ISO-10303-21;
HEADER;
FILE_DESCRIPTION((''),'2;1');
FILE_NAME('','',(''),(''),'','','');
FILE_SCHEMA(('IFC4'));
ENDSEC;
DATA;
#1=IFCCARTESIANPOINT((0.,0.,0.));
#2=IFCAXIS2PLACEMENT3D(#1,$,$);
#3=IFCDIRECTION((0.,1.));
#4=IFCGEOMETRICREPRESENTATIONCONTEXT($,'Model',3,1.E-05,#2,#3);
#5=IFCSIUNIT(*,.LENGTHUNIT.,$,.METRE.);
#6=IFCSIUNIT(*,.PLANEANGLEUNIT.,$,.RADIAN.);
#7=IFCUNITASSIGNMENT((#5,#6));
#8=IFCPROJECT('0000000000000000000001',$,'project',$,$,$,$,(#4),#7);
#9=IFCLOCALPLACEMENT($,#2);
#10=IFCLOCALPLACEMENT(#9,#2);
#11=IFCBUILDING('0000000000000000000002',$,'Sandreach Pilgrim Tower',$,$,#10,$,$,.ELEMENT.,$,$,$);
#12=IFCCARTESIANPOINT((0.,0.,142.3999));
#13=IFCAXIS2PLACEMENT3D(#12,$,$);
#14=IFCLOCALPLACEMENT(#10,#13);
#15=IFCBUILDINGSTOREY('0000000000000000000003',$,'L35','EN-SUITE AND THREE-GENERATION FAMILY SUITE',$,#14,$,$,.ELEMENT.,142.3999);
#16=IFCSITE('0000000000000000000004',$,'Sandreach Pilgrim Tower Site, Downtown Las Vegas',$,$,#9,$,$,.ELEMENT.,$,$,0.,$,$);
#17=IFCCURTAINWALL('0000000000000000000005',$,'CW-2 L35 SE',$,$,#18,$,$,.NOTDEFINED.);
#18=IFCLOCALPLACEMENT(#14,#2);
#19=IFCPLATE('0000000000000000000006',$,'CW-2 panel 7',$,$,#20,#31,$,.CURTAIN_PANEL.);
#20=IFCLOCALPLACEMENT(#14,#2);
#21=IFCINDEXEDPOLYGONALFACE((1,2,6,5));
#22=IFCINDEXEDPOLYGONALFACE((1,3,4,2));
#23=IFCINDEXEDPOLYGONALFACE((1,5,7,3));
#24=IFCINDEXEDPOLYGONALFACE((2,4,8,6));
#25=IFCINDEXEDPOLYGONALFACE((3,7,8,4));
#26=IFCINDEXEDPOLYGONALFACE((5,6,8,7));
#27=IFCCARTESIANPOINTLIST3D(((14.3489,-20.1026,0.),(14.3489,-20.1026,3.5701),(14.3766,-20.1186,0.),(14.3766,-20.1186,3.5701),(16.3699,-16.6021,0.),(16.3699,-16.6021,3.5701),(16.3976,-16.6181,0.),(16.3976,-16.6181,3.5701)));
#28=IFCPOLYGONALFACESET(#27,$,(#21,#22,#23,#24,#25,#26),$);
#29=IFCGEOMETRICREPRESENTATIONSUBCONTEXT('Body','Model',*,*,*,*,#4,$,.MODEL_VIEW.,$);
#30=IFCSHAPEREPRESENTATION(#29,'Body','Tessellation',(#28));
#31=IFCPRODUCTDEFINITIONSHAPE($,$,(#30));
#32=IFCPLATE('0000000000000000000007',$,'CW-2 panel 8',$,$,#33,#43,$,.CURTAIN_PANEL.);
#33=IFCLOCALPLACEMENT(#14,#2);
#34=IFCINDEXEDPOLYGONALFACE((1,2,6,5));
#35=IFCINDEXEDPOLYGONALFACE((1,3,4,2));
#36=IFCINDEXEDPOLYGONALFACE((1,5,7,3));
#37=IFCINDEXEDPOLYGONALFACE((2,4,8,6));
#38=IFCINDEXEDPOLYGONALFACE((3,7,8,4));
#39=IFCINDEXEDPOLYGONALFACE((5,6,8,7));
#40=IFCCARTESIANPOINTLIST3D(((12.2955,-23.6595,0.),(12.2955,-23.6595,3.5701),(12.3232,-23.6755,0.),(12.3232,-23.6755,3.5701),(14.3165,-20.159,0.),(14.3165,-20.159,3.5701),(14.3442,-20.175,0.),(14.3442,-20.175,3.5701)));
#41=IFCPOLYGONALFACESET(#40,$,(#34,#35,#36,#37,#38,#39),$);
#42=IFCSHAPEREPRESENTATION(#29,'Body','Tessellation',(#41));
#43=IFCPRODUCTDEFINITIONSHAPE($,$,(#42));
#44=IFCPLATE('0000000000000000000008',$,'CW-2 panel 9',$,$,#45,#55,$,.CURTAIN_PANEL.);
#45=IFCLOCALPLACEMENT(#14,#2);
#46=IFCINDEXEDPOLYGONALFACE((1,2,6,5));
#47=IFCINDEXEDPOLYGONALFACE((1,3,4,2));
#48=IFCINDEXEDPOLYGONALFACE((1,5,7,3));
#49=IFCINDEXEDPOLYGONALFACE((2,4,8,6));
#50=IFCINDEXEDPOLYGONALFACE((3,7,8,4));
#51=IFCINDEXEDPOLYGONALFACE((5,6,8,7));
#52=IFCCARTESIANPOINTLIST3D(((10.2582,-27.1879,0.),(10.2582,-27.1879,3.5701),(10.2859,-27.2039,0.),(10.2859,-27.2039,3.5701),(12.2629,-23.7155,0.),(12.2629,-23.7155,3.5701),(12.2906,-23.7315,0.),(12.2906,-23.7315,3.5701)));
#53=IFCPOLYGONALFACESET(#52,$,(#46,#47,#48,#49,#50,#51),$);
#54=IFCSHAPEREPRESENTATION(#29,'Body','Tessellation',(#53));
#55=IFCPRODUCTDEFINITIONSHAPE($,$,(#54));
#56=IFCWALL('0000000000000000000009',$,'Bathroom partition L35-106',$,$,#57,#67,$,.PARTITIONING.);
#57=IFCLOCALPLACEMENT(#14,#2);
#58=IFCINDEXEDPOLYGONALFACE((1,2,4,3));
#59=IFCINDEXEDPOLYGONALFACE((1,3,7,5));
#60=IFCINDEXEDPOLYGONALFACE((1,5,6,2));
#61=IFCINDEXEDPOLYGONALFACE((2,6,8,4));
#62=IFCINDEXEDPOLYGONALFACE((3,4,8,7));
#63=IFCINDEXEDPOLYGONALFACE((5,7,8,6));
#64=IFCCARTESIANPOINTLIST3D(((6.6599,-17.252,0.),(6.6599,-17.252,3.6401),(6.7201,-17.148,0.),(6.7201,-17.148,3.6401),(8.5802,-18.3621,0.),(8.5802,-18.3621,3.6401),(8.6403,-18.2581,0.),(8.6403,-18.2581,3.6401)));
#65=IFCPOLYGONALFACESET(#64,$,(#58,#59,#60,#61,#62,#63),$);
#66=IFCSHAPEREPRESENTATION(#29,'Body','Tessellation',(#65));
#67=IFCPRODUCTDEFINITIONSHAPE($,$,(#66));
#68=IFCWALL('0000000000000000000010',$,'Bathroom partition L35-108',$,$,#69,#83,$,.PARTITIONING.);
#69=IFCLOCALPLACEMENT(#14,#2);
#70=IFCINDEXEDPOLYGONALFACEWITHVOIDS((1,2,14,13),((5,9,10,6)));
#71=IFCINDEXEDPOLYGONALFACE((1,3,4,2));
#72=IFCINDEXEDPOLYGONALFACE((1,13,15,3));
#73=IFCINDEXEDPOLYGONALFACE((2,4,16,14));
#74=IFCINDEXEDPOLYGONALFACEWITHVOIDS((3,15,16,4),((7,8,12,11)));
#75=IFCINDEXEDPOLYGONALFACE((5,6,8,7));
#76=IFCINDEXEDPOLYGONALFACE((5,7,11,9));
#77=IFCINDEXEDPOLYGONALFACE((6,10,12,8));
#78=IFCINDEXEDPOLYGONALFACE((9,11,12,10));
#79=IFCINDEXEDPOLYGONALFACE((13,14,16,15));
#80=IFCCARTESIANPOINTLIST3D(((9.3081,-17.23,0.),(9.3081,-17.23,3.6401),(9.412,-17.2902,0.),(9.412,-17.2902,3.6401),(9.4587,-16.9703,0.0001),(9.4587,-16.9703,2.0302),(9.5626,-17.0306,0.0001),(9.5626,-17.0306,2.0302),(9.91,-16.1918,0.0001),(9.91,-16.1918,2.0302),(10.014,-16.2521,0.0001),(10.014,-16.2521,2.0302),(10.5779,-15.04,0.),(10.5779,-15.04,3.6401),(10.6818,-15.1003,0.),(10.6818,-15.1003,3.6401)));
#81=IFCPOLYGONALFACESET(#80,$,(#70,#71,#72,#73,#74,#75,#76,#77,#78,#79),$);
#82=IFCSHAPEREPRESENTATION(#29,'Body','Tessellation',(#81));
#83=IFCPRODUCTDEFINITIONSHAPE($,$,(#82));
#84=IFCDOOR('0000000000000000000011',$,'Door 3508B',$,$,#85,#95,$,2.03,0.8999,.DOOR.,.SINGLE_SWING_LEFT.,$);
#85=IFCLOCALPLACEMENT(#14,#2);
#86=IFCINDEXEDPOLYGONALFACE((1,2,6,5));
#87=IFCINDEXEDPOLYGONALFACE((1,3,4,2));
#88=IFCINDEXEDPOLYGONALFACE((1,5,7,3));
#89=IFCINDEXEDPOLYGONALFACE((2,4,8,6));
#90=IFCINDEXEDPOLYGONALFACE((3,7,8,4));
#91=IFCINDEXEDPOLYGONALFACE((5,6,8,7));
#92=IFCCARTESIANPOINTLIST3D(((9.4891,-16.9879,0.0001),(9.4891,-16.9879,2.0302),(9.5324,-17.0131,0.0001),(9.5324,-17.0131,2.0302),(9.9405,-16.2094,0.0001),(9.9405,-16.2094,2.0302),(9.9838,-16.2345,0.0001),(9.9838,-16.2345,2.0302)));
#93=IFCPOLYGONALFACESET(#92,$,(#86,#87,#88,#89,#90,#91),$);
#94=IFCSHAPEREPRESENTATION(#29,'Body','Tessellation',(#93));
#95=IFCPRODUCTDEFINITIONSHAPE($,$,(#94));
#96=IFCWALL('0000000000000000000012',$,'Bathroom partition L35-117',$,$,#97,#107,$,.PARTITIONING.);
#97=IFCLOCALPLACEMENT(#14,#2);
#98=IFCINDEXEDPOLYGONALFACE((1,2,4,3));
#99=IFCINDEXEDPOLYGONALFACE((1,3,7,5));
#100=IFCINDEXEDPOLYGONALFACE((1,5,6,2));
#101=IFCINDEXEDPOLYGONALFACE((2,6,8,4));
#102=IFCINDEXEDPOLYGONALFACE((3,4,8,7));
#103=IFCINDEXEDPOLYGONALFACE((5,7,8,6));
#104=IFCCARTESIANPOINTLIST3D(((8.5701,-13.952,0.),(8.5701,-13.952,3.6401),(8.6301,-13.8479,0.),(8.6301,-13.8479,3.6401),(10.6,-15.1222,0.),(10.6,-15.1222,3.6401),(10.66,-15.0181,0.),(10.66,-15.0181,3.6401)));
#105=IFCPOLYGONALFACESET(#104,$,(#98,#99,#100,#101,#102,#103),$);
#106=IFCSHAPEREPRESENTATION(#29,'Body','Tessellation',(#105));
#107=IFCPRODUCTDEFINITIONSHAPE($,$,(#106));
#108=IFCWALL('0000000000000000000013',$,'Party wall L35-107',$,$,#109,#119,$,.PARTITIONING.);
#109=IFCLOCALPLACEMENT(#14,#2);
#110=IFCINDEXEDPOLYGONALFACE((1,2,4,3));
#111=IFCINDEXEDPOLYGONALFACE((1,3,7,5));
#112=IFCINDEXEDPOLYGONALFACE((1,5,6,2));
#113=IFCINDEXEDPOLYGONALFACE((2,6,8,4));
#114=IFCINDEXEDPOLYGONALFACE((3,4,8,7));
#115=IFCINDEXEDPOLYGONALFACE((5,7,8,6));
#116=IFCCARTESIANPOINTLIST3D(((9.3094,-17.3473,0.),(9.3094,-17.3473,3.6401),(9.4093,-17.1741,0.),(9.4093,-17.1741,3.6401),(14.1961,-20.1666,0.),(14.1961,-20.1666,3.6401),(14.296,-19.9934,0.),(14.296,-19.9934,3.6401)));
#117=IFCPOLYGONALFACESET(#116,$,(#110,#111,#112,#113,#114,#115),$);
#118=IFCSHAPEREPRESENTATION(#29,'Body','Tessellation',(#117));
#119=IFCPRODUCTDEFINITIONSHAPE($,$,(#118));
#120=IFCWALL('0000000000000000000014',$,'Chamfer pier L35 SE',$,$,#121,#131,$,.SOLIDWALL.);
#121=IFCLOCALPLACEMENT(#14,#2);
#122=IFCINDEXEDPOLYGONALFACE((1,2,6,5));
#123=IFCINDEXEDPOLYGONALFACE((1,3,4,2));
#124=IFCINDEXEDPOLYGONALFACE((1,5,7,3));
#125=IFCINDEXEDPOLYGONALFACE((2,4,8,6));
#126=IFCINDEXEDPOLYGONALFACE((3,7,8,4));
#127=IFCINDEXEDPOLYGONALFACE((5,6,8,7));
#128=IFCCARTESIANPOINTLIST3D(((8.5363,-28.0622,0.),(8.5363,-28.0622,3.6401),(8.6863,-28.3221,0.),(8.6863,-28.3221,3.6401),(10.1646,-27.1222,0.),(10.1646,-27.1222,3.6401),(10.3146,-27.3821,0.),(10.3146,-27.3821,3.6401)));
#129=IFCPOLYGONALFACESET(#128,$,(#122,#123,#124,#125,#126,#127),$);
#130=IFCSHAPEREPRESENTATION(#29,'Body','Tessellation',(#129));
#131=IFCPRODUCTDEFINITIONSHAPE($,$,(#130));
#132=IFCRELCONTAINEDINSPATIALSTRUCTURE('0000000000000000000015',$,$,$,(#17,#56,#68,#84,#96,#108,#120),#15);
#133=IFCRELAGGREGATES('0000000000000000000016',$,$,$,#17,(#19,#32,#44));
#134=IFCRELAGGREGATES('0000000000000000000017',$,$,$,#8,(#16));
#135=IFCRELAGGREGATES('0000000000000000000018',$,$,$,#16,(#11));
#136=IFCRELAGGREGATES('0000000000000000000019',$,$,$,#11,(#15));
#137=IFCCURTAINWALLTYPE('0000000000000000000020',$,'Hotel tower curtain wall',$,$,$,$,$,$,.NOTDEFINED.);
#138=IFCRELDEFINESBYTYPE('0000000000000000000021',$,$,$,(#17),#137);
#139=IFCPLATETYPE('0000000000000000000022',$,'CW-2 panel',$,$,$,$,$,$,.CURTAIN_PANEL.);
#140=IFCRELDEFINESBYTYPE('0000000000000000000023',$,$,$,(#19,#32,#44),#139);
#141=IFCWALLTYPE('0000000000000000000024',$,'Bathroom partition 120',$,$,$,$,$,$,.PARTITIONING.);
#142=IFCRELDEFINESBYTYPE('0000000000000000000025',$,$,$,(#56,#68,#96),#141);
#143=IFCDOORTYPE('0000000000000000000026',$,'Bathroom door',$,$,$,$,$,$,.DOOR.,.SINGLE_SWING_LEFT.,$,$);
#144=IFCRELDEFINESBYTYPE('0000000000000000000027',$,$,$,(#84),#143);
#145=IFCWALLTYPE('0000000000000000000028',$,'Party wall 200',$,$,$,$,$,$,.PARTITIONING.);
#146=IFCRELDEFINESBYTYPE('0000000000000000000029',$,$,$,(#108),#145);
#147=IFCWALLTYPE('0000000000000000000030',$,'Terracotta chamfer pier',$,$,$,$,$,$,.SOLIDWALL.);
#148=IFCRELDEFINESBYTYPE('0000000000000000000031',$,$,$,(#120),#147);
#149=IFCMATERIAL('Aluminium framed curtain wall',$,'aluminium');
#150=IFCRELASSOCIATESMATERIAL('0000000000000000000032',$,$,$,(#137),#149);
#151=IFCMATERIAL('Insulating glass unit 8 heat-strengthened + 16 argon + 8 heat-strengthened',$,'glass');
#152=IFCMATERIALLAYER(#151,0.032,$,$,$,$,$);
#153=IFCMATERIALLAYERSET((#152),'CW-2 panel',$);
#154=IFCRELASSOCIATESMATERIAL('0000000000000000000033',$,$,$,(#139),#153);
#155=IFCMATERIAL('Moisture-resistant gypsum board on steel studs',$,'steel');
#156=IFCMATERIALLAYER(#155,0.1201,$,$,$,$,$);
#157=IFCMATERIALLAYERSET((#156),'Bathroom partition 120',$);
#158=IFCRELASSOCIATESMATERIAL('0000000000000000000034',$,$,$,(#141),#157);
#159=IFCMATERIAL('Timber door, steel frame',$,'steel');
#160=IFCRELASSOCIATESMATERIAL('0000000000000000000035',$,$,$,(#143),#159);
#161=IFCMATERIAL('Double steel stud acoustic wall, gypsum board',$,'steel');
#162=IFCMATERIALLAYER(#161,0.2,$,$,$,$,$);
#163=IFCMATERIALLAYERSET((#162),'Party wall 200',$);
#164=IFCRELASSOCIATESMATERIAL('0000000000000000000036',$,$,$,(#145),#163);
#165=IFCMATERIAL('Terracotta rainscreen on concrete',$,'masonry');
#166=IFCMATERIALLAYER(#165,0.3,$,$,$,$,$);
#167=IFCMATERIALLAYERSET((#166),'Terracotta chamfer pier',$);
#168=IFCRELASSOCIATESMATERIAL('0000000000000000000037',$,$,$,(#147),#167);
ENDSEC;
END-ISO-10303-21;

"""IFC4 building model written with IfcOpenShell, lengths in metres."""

from ifc_helpers import new_model, si_unit, direction, frame, frame_2d, origin, origin_2d, place, context, subcontext, project, spatial, rectangle, extrude, material, layer, layer_set, type_object, element, fill, aggregate, save


model = new_model("IFC4")

# Units and contexts
model_context = context("Model", 3, precision=1e-05, world=origin(), true_north=direction((0.0, 1.0)))
body_context = subcontext(model_context, "Body", "Model", "MODEL_VIEW")
ifc_project = project(units=[si_unit("LENGTHUNIT", "METRE"), si_unit("PLANEANGLEUNIT", "RADIAN")], contexts=[model_context])

# Site, building, storey
site_placement = place(None, origin())
site = spatial("IfcSite", under=ifc_project, at=site_placement, Name="Sandreach Pilgrim Tower Site, Downtown Las Vegas", CompositionType="ELEMENT", RefElevation=0.0)
building_placement = place(site_placement, origin())
building = spatial("IfcBuilding", under=site, at=building_placement, Name="Sandreach Pilgrim Tower", CompositionType="ELEMENT")
storey_placement = place(building_placement, frame((0.0, 0.0, 142.3999)))
storey = spatial("IfcBuildingStorey", under=building, at=storey_placement, Name="L35", Description="EN-SUITE AND THREE-GENERATION FAMILY SUITE", CompositionType="ELEMENT", Elevation=142.3999)

# Curtain wall
ifc_material_1 = material(Name="Aluminium framed curtain wall", Category="aluminium")
curtain_wall_type = type_object("IfcCurtainWallType", Name="Hotel tower curtain wall", PredefinedType="NOTDEFINED", material=ifc_material_1)
curtain_wall_1_placement = place(storey_placement, origin())
curtain_wall_1 = element("IfcCurtainWall", 1, at=curtain_wall_1_placement, inside=storey, type_object=curtain_wall_type, Name="CW-2 L35 SE", PredefinedType="NOTDEFINED")

# Plates
ifc_material_2 = material(Name="Insulating glass unit 8 heat-strengthened + 16 argon + 8 heat-strengthened", Category="glass")
ifc_layer_1 = layer(ifc_material_2, 0.032)
ifc_layer_set_1 = layer_set([ifc_layer_1], Name="CW-2 panel")
plate_type = type_object("IfcPlateType", Name="CW-2 panel", PredefinedType="CURTAIN_PANEL", material=ifc_layer_set_1)
plate_1_placement = place(storey_placement, frame((15.3733, -18.3604, 0.0), z_axis=(0.0, 0.0, 1.0), x_axis=(-0.5, -0.866025, 0.0)))
plate_1 = element("IfcPlate", 2, at=plate_1_placement, type_object=plate_type, Name="CW-2 panel 7", PredefinedType="CURTAIN_PANEL", context=body_context, shape_type="SweptSolid", body=[
    extrude(rectangle(XDim=4.042, YDim=0.032, at=origin_2d()), origin(), (0.0, 0.0, 1.0), 3.5701),
])
plate_2_placement = place(storey_placement, frame((13.3198, -21.9172, 0.0), z_axis=(0.0, 0.0, 1.0), x_axis=(-0.5, -0.866025, 0.0)))
plate_2 = element("IfcPlate", 3, at=plate_2_placement, type_object=plate_type, Name="CW-2 panel 8", PredefinedType="CURTAIN_PANEL", context=body_context, shape_type="SweptSolid", body=[
    extrude(rectangle(XDim=4.042, YDim=0.032, at=origin_2d()), origin(), (0.0, 0.0, 1.0), 3.5701),
])
plate_3_placement = place(storey_placement, frame((11.2744, -25.4597, 0.0), z_axis=(0.0, 0.0, 1.0), x_axis=(-0.5, -0.866025, 0.0)))
plate_3 = element("IfcPlate", 4, at=plate_3_placement, type_object=plate_type, Name="CW-2 panel 9", PredefinedType="CURTAIN_PANEL", context=body_context, shape_type="SweptSolid", body=[
    extrude(rectangle(XDim=4.0095, YDim=0.032, at=origin_2d()), origin(), (0.0, 0.0, 1.0), 3.5701),
])
aggregate(curtain_wall_1, [plate_1, plate_2, plate_3])

# Wall
ifc_material_3 = material(Name="Moisture-resistant gypsum board on steel studs", Category="steel")
ifc_layer_2 = layer(ifc_material_3, 0.1201)
ifc_layer_set_2 = layer_set([ifc_layer_2], Name="Bathroom partition 120")
wall_type_1 = type_object("IfcWallType", Name="Bathroom partition 120", PredefinedType="PARTITIONING", material=ifc_layer_set_2)
wall_1_placement = place(storey_placement, frame((8.6101, -18.3101, 0.0), z_axis=(0.0, 0.0, 1.0), x_axis=(-0.865733, 0.500507, 0.0)))
element("IfcWall", 5, at=wall_1_placement, inside=storey, type_object=wall_type_1, Name="Bathroom partition L35-106", PredefinedType="PARTITIONING", context=body_context, shape_type="SweptSolid", body=[
    extrude(rectangle(XDim=2.218, YDim=0.1201, at=frame_2d((1.1089, 0.0))), origin(), (0.0, 0.0, 1.0), 3.6401),
])

# Wall, opening, door
wall_2_placement = place(storey_placement, frame((9.3601, -17.26, 0.0), z_axis=(0.0, 0.0, 1.0), x_axis=(0.501603, 0.865098, 0.0)))
wall_2 = element("IfcWall", 6, at=wall_2_placement, inside=storey, type_object=wall_type_1, Name="Bathroom partition L35-108", PredefinedType="PARTITIONING", context=body_context, shape_type="SweptSolid", body=[
    extrude(rectangle(XDim=2.5315, YDim=0.1201, at=frame_2d((1.2656, 0.0))), origin(), (0.0, 0.0, 1.0), 3.6401),
])
opening_placement = place(wall_2_placement, frame((0.3, 0.0, 0.0)))
opening = element("IfcOpeningElement", 7, at=opening_placement, cuts=wall_2, PredefinedType="OPENING", context=body_context, shape_type="SweptSolid", body=[
    extrude(rectangle(XDim=0.8999, YDim=2.03, at=frame_2d((0.45, 1.0151))), frame((0.0, 0.0601, 0.0), z_axis=(0.0, -1.0, 0.0), x_axis=(1.0, 0.0, 0.0)), (0.0, 0.0, 1.0), 0.1201),
])
ifc_material_4 = material(Name="Timber door, steel frame", Category="steel")
door_type = type_object("IfcDoorType", Name="Bathroom door", OperationType="SINGLE_SWING_LEFT", PredefinedType="DOOR", material=ifc_material_4)
door_placement = place(opening_placement, origin())
door = element("IfcDoor", 8, at=door_placement, inside=storey, type_object=door_type, Name="Door 3508B", OperationType="SINGLE_SWING_LEFT", OverallHeight=2.03, OverallWidth=0.8999, PredefinedType="DOOR", context=body_context, shape_type="SweptSolid", body=[
    extrude(rectangle(XDim=0.8999, YDim=2.03, at=frame_2d((0.45, 1.0151))), frame((0.0, 0.0249, 0.0), z_axis=(0.0, -1.0, 0.0), x_axis=(1.0, 0.0, 0.0)), (0.0, 0.0, 1.0), 0.05),
])
fill(opening, door)

# Walls
wall_3_placement = place(storey_placement, frame((10.6299, -15.0701, 0.0), z_axis=(0.0, 0.0, 1.0), x_axis=(-0.866345, 0.499446, 0.0)))
element("IfcWall", 9, at=wall_3_placement, inside=storey, type_object=wall_type_1, Name="Bathroom partition L35-117", PredefinedType="PARTITIONING", context=body_context, shape_type="SweptSolid", body=[
    extrude(rectangle(XDim=2.343, YDim=0.1201, at=frame_2d((1.1714, 0.0))), origin(), (0.0, 0.0, 1.0), 3.6401),
])
ifc_material_5 = material(Name="Double steel stud acoustic wall, gypsum board", Category="steel")
ifc_layer_3 = layer(ifc_material_5, 0.2)
ifc_layer_set_3 = layer_set([ifc_layer_3], Name="Party wall 200")
wall_type_2 = type_object("IfcWallType", Name="Party wall 200", PredefinedType="PARTITIONING", material=ifc_layer_set_3)
wall_4_placement = place(storey_placement, frame((9.3594, -17.2607, 0.0), z_axis=(0.0, 0.0, 1.0), x_axis=(0.86618, -0.499732, 0.0)))
element("IfcWall", 10, at=wall_4_placement, inside=storey, type_object=wall_type_2, Name="Party wall L35-107", PredefinedType="PARTITIONING", context=body_context, shape_type="SweptSolid", body=[
    extrude(rectangle(XDim=5.6416, YDim=0.2, at=frame_2d((2.8208, 0.0))), origin(), (0.0, 0.0, 1.0), 3.6401),
])
ifc_material_6 = material(Name="Terracotta rainscreen on concrete", Category="masonry")
ifc_layer_4 = layer(ifc_material_6, 0.3)
ifc_layer_set_4 = layer_set([ifc_layer_4], Name="Terracotta chamfer pier")
wall_type_3 = type_object("IfcWallType", Name="Terracotta chamfer pier", PredefinedType="SOLIDWALL", material=ifc_layer_set_4)
wall_5_placement = place(storey_placement, frame((10.2395, -27.2522, 0.0), z_axis=(0.0, 0.0, 1.0), x_axis=(-0.866045, -0.499966, 0.0)))
element("IfcWall", 11, at=wall_5_placement, inside=storey, type_object=wall_type_3, Name="Chamfer pier L35 SE", PredefinedType="SOLIDWALL", context=body_context, shape_type="SweptSolid", body=[
    extrude(rectangle(XDim=1.8801, YDim=0.3, at=frame_2d((0.9399, 0.0))), origin(), (0.0, 0.0, 1.0), 3.6401),
])

save(model, "model.ifc")
